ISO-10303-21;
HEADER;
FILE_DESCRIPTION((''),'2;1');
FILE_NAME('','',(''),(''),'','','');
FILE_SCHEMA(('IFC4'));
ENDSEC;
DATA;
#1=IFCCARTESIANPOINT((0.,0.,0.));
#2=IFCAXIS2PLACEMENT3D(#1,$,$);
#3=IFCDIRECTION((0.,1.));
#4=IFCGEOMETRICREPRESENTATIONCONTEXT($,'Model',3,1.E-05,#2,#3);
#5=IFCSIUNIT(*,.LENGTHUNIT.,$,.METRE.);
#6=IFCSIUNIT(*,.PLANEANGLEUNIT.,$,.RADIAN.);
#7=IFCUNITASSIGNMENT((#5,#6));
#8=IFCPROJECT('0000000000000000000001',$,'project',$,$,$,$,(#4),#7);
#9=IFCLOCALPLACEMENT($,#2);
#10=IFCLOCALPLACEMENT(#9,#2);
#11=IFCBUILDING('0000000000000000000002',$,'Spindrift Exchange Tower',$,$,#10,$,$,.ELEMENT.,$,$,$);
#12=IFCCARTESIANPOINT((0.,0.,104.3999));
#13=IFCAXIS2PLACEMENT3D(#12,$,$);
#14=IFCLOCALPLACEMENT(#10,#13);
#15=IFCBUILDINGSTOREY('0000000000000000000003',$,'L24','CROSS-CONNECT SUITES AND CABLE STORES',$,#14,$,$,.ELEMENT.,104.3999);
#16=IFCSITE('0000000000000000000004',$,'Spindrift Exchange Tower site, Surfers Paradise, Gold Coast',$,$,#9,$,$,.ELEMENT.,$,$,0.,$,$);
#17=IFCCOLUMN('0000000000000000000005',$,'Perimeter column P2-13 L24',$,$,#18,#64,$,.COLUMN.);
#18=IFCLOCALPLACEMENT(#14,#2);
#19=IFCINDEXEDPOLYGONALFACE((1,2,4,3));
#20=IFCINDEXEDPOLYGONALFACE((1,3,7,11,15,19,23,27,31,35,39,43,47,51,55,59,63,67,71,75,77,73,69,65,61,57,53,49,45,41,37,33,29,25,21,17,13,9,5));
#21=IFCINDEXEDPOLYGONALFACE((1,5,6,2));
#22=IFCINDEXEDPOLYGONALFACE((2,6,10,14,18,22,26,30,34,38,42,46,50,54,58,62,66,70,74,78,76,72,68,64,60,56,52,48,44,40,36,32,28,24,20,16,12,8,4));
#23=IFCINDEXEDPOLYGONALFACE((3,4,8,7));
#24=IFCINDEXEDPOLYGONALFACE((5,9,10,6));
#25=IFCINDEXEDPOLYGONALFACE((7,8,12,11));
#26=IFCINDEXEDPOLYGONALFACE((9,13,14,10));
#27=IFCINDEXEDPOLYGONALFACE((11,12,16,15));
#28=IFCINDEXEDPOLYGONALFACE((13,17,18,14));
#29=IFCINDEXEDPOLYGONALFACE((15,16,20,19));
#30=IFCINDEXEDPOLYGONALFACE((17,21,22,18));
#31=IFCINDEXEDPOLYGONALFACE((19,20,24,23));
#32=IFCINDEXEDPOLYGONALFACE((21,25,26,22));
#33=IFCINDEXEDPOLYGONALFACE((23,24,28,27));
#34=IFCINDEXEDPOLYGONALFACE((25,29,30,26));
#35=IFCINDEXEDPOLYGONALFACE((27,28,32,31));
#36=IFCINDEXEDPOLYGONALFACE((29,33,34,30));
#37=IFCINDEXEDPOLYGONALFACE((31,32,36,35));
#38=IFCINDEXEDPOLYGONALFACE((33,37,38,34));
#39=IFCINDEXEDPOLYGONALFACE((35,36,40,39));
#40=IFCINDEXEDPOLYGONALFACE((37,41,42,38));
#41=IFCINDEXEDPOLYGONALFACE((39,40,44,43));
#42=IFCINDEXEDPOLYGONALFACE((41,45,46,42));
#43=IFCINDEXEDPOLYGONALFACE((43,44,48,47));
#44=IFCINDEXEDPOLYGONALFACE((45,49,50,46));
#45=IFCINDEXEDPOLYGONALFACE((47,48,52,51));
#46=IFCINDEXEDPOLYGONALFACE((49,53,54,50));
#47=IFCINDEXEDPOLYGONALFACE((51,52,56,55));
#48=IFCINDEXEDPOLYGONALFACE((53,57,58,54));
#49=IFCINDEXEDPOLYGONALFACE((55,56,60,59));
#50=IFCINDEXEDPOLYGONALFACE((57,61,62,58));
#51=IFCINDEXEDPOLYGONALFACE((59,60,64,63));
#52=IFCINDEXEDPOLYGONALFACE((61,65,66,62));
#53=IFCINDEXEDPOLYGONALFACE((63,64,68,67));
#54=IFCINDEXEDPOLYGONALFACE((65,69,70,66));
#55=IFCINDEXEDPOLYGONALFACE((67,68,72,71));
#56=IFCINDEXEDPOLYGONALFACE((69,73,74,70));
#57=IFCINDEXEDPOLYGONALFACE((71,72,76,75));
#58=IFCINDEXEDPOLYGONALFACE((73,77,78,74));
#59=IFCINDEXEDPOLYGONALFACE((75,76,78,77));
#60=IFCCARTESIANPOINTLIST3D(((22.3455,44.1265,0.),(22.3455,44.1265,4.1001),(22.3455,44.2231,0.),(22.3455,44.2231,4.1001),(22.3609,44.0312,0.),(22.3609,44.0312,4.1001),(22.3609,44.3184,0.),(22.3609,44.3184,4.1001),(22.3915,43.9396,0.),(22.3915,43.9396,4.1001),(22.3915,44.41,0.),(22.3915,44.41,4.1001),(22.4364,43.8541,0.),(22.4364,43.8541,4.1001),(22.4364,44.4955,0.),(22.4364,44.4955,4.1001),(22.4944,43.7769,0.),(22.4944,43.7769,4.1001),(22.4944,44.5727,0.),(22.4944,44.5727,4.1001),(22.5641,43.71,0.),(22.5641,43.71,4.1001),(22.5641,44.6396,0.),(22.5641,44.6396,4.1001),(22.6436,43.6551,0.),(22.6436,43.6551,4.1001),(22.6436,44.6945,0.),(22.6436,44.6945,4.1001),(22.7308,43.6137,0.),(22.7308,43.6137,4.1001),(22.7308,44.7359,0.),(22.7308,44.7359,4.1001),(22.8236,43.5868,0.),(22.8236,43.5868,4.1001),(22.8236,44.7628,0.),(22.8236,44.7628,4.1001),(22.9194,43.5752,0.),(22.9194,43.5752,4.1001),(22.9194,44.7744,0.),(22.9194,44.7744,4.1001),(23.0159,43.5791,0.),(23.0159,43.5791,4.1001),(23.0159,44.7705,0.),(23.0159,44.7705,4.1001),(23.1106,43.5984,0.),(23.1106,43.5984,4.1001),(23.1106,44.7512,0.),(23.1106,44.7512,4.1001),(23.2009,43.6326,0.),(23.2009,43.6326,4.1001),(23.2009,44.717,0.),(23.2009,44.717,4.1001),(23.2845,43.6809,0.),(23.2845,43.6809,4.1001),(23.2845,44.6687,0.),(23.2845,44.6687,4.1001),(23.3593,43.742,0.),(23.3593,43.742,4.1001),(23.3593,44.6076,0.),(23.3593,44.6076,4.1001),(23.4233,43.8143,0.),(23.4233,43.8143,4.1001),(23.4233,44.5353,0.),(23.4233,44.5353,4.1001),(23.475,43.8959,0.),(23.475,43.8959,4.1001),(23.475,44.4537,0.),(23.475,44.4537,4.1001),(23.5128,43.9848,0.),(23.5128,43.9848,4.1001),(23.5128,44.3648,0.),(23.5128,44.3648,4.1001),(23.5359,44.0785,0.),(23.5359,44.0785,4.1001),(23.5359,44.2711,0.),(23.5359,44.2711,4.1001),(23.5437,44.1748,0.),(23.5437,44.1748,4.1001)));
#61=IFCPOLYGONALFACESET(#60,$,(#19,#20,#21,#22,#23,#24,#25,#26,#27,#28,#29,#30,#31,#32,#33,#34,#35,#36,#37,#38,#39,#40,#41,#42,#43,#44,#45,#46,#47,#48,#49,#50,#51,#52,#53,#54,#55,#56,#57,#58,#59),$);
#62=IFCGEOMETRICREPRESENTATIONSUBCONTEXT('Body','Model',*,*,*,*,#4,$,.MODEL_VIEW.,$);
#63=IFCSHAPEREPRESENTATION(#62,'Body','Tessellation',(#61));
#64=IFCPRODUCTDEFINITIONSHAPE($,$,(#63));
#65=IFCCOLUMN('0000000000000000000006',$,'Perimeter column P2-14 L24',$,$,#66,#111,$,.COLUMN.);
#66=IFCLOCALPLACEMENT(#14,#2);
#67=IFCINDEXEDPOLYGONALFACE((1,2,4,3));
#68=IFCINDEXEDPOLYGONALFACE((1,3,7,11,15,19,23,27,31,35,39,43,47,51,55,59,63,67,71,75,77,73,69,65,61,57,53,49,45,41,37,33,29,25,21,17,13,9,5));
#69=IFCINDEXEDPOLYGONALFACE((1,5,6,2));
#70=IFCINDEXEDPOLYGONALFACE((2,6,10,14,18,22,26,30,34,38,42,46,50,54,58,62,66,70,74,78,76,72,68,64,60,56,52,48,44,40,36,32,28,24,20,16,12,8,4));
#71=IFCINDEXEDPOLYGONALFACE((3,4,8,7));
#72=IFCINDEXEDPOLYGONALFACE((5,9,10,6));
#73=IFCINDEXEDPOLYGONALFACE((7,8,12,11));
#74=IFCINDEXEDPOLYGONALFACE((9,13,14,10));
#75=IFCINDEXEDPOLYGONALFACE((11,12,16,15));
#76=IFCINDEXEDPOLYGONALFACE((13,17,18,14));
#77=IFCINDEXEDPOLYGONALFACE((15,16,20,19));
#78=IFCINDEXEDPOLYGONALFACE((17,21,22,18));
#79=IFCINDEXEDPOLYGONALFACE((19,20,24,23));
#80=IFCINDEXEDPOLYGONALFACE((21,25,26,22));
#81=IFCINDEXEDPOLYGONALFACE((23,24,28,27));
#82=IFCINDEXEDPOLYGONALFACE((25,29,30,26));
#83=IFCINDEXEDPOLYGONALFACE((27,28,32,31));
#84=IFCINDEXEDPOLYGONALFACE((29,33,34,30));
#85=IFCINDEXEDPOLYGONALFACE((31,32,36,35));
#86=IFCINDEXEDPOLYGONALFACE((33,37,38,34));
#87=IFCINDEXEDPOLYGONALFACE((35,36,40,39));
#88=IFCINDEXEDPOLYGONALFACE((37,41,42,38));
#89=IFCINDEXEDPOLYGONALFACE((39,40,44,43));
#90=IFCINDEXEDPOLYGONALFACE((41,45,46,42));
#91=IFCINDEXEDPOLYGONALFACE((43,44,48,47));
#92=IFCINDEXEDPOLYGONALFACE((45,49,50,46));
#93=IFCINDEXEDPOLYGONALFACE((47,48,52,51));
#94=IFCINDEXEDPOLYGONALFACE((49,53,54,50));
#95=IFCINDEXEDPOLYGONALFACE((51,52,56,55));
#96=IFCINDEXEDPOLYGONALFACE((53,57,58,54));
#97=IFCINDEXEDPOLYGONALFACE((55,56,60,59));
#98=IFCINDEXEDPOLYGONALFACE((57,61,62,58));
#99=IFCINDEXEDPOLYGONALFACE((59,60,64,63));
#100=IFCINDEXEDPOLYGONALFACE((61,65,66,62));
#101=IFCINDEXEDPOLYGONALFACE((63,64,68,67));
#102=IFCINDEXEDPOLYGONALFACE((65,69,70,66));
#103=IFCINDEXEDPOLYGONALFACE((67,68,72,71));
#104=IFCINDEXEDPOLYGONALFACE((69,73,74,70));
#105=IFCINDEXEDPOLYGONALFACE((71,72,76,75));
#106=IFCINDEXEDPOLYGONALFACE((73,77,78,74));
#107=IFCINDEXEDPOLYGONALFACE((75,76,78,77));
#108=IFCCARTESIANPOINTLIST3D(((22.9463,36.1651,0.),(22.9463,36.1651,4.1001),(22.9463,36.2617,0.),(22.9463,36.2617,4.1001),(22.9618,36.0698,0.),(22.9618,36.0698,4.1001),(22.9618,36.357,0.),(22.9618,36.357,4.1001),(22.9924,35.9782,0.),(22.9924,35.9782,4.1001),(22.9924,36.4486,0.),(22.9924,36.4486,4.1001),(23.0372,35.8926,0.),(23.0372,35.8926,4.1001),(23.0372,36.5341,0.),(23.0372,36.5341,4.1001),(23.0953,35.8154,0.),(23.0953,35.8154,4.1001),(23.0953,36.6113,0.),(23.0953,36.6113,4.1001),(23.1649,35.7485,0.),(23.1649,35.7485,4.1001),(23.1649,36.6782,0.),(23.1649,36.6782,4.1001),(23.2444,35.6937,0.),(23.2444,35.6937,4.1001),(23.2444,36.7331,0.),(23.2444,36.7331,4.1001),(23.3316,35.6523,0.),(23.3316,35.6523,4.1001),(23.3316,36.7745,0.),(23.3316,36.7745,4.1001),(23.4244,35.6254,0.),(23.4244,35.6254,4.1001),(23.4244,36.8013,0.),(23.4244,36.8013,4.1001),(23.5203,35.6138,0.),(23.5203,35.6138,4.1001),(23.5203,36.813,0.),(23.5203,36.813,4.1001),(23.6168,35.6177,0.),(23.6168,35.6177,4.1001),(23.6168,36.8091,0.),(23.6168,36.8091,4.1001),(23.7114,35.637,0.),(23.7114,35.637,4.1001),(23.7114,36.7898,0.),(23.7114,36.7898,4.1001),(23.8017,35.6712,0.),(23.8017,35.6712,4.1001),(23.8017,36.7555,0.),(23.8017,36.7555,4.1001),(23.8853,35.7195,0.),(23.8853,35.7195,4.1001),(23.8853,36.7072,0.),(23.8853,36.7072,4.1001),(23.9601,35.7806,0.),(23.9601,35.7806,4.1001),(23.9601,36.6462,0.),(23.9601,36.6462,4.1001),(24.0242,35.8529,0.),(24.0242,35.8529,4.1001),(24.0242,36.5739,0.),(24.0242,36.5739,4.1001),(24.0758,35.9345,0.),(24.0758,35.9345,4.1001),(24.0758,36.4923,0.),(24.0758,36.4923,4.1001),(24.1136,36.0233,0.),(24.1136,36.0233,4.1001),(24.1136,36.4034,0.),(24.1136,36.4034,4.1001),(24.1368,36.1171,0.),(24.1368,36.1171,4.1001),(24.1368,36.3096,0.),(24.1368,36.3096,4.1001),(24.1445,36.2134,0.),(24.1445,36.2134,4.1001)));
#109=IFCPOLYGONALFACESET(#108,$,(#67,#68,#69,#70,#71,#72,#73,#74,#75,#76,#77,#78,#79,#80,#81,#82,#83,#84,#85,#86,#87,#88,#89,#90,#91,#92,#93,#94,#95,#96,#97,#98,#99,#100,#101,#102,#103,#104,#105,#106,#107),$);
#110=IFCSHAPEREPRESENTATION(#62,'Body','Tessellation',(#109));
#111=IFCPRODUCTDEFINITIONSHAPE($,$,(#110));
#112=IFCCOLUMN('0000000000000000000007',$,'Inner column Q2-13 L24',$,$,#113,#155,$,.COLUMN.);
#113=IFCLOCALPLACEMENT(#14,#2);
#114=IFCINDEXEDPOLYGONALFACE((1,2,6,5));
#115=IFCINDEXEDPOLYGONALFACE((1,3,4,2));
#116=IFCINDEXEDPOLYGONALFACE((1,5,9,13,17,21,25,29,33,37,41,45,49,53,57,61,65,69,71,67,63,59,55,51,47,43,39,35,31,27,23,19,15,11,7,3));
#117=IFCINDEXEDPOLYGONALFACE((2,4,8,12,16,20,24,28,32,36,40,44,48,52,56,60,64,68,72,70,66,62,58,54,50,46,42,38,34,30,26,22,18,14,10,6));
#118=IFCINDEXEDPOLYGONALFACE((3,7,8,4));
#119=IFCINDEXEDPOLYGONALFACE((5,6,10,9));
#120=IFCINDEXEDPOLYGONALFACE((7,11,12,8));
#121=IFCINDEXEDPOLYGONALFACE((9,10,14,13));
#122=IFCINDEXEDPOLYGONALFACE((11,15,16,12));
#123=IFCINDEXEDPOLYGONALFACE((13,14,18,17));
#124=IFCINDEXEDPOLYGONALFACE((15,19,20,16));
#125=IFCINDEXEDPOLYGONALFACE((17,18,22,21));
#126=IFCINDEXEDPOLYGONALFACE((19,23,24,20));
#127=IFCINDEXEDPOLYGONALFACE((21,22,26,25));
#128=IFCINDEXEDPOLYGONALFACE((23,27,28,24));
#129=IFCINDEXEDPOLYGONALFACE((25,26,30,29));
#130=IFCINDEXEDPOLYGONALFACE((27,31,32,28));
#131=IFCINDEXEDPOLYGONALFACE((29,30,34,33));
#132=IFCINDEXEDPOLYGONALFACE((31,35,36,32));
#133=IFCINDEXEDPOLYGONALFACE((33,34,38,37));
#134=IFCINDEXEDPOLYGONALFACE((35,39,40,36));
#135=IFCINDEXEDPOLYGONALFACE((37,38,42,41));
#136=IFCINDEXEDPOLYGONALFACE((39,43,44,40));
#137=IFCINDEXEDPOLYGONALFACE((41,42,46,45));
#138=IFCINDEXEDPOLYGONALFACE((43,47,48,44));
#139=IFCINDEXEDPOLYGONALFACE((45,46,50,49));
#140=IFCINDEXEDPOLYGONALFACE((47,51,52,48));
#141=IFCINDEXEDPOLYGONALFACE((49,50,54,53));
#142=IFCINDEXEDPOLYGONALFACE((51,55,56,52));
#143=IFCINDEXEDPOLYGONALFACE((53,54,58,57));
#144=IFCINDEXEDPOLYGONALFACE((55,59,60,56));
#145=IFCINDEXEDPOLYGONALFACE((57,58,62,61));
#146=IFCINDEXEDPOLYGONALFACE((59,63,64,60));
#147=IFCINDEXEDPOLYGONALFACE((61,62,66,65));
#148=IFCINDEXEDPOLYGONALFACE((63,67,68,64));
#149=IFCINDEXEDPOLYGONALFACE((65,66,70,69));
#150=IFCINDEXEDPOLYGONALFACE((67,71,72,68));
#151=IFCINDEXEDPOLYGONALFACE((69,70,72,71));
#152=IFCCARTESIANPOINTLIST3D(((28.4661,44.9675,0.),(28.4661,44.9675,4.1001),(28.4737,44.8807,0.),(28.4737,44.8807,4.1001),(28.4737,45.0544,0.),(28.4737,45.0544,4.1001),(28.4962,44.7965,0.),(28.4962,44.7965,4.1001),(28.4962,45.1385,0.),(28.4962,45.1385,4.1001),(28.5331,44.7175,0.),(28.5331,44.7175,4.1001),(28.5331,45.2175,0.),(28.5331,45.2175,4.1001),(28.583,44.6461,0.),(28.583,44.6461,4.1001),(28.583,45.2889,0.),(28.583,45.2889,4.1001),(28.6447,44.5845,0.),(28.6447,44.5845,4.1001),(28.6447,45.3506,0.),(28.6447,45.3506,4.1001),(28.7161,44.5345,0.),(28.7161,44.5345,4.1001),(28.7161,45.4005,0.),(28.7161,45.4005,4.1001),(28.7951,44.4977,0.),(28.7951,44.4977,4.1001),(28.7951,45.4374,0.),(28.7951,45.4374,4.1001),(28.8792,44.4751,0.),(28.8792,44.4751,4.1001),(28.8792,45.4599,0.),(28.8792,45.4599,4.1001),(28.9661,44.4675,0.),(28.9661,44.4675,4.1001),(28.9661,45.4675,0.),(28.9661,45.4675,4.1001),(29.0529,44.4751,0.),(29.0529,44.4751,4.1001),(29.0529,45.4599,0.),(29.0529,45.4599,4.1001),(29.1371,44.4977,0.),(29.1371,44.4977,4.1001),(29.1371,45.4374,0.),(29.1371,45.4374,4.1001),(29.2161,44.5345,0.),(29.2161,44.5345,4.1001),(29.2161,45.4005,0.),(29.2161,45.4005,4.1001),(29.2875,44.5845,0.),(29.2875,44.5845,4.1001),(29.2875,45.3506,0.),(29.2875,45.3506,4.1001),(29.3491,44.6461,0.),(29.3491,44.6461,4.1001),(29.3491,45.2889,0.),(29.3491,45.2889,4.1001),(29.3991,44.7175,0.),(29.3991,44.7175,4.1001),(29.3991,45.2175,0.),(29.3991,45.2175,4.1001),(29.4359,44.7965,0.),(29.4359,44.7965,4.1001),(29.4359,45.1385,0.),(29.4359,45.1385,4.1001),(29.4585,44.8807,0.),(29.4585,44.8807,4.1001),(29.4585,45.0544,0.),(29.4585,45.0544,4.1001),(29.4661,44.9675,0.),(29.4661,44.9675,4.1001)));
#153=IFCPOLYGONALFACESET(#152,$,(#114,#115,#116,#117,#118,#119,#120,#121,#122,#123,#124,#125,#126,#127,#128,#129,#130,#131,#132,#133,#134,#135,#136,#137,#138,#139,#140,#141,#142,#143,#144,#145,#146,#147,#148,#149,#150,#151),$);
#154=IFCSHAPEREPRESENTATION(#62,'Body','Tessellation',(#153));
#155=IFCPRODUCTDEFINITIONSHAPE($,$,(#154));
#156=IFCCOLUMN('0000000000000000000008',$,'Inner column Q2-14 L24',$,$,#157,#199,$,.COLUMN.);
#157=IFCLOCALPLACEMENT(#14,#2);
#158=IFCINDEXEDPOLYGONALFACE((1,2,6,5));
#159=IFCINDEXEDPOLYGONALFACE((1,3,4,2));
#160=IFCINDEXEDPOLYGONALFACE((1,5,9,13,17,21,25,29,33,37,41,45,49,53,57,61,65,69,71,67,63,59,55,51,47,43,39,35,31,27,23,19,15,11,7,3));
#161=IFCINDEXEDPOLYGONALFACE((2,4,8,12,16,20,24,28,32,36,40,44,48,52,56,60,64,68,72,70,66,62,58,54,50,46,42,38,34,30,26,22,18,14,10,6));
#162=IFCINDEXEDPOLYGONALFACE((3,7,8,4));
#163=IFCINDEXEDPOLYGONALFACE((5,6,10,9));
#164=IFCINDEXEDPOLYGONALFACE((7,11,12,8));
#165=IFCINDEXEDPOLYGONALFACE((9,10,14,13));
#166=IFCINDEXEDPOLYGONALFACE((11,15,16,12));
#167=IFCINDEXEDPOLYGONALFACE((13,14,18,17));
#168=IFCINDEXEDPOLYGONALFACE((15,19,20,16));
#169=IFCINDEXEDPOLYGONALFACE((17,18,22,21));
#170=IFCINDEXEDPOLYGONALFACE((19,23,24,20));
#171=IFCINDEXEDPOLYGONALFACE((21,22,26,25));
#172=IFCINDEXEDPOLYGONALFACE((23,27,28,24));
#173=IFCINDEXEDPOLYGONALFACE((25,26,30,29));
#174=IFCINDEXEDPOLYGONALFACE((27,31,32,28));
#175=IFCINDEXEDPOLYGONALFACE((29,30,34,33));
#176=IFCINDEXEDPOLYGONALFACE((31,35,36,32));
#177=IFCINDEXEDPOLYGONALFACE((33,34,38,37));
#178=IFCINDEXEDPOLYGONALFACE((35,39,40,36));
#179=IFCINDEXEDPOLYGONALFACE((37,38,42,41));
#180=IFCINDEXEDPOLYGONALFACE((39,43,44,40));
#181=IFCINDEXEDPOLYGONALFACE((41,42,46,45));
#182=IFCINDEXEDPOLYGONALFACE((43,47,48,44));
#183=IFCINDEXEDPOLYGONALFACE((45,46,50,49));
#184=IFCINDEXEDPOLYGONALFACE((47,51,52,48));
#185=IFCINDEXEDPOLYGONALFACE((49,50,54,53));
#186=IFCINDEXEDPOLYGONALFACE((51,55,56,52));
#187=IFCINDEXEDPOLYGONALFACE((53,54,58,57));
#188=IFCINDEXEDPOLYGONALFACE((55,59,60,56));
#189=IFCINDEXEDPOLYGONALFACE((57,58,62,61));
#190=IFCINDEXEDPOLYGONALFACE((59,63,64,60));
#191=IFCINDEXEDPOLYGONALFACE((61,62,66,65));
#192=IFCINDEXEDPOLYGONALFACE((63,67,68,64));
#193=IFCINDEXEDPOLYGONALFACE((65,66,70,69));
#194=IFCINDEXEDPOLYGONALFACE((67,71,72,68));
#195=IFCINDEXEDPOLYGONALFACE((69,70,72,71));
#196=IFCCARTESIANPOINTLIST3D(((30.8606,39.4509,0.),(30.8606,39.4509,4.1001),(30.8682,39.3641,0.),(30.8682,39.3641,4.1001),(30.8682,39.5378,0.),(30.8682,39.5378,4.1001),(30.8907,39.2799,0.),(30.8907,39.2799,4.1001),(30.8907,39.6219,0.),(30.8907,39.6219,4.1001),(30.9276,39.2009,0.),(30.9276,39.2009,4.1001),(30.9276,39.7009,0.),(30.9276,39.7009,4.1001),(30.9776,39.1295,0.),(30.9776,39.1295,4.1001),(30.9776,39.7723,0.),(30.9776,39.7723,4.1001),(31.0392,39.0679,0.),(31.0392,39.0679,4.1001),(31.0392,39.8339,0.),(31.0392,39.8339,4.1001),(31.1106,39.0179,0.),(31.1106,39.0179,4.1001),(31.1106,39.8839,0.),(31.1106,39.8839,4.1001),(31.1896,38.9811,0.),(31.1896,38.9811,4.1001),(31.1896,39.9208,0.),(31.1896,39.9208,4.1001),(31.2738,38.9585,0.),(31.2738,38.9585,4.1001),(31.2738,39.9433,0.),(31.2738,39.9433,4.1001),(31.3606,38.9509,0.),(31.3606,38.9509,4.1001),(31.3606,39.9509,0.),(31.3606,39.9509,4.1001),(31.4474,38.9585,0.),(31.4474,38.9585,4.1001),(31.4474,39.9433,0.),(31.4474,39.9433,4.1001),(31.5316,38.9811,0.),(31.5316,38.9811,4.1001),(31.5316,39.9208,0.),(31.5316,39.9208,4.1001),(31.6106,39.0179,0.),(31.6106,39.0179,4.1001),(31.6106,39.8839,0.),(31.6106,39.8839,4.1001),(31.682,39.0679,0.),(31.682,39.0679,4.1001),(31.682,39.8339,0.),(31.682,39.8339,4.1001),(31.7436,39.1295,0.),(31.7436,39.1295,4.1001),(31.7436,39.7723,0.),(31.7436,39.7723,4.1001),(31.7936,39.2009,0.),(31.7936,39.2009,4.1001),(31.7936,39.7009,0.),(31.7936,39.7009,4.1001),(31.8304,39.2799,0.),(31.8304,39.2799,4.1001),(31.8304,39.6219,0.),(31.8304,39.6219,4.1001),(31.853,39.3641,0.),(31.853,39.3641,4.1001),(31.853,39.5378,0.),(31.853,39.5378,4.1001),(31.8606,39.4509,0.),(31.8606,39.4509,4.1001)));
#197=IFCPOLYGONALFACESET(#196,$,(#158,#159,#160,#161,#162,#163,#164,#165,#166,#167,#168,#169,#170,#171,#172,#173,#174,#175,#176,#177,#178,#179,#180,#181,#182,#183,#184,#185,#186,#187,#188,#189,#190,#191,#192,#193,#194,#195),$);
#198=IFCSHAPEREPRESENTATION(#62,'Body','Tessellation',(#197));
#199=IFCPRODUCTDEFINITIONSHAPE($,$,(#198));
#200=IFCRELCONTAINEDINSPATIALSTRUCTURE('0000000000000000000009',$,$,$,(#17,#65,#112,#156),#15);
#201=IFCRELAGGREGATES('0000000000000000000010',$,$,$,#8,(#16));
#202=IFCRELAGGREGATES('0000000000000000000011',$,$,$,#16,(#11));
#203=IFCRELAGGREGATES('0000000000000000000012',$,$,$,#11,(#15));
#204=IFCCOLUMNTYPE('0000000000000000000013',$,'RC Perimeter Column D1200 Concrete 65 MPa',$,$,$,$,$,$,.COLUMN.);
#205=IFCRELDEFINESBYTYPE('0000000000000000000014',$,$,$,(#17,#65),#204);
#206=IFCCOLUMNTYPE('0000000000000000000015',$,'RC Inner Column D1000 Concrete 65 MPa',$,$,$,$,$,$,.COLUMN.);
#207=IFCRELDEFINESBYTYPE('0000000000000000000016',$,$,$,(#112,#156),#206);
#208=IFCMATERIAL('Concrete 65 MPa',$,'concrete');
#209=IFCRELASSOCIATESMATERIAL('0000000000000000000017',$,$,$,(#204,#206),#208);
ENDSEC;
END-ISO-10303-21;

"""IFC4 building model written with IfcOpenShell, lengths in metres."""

from ifc_helpers import new_model, si_unit, direction, frame, origin, origin_2d, place, context, subcontext, project, spatial, circle, extrude, source, transform, mapped, material, material_profile, profile_set, type_object, element, save


model = new_model("IFC4")

# Units and contexts
model_context = context("Model", 3, precision=1e-05, world=origin(), true_north=direction((0.0, 1.0)))
body_context = subcontext(model_context, "Body", "Model", "MODEL_VIEW")
ifc_project = project(units=[si_unit("LENGTHUNIT", "METRE"), si_unit("PLANEANGLEUNIT", "RADIAN")], contexts=[model_context])

# Site, building, storey
site_placement = place(None, origin())
site = spatial("IfcSite", under=ifc_project, at=site_placement, Name="Spindrift Exchange Tower site, Surfers Paradise, Gold Coast", CompositionType="ELEMENT", RefElevation=0.0)
building_placement = place(site_placement, origin())
building = spatial("IfcBuilding", under=site, at=building_placement, Name="Spindrift Exchange Tower", CompositionType="ELEMENT")
storey_placement = place(building_placement, frame((0.0, 0.0, 104.3999)))
storey = spatial("IfcBuildingStorey", under=building, at=storey_placement, Name="L24", Description="CROSS-CONNECT SUITES AND CABLE STORES", CompositionType="ELEMENT", Elevation=104.3999)

# Columns
ifc_material_1 = material(Name="Concrete 65 MPa", Category="concrete")
ifc_material_profile_1 = material_profile(ifc_material_1, circle(Radius=0.6001, at=origin_2d()), Name="RC D1200")
ifc_profile_set_1 = profile_set([ifc_material_profile_1], Name="Concrete 65 MPa")
column_type_1 = type_object("IfcColumnType", Name="RC Perimeter Column D1200 Concrete 65 MPa", PredefinedType="COLUMN", material=ifc_profile_set_1)
shared_shape_1 = source(origin(), body_context, "Body", "SweptSolid", [
    extrude(circle(Radius=0.6001, at=origin_2d()), origin(), (0.0, 0.0, 1.0), 4.1001),
])
for number, where, z_axis, x_axis, name in (
    (1, (22.9436, 44.1748, 0.0), (0.0, 0.0, 1.0), (1.0, 0.0, 0.0), "Perimeter column P2-13 L24"),
    (2, (23.5444, 36.2134, 0.0), (0.0, 0.0, 1.0), (1.0, 0.0, 0.0), "Perimeter column P2-14 L24"),
):
    element("IfcColumn", number, at=place(storey_placement, frame(where, z_axis=z_axis, x_axis=x_axis)), inside=storey, type_object=column_type_1, Name=name, PredefinedType="COLUMN", context=body_context, shape_type="MappedRepresentation", body=[
        mapped(shared_shape_1, transform((0.0, 0.0, 0.0), scale=1.0)),
    ])
ifc_material_profile_2 = material_profile(ifc_material_1, circle(Radius=0.5, at=origin_2d()), Name="RC D1000")
ifc_profile_set_2 = profile_set([ifc_material_profile_2], Name="Concrete 65 MPa")
column_type_2 = type_object("IfcColumnType", Name="RC Inner Column D1000 Concrete 65 MPa", PredefinedType="COLUMN", material=ifc_profile_set_2)
shared_shape_2 = source(origin(), body_context, "Body", "SweptSolid", [
    extrude(circle(Radius=0.5, at=origin_2d()), origin(), (0.0, 0.0, 1.0), 4.1001),
])
for number, where, z_axis, x_axis, name in (
    (3, (28.9661, 44.9675, 0.0), (0.0, 0.0, 1.0), (1.0, 0.0, 0.0), "Inner column Q2-13 L24"),
    (4, (31.3606, 39.4509, 0.0), (0.0, 0.0, 1.0), (1.0, 0.0, 0.0), "Inner column Q2-14 L24"),
):
    element("IfcColumn", number, at=place(storey_placement, frame(where, z_axis=z_axis, x_axis=x_axis)), inside=storey, type_object=column_type_2, Name=name, PredefinedType="COLUMN", context=body_context, shape_type="MappedRepresentation", body=[
        mapped(shared_shape_2, transform((0.0, 0.0, 0.0), scale=1.0)),
    ])

save(model, "model.ifc")
